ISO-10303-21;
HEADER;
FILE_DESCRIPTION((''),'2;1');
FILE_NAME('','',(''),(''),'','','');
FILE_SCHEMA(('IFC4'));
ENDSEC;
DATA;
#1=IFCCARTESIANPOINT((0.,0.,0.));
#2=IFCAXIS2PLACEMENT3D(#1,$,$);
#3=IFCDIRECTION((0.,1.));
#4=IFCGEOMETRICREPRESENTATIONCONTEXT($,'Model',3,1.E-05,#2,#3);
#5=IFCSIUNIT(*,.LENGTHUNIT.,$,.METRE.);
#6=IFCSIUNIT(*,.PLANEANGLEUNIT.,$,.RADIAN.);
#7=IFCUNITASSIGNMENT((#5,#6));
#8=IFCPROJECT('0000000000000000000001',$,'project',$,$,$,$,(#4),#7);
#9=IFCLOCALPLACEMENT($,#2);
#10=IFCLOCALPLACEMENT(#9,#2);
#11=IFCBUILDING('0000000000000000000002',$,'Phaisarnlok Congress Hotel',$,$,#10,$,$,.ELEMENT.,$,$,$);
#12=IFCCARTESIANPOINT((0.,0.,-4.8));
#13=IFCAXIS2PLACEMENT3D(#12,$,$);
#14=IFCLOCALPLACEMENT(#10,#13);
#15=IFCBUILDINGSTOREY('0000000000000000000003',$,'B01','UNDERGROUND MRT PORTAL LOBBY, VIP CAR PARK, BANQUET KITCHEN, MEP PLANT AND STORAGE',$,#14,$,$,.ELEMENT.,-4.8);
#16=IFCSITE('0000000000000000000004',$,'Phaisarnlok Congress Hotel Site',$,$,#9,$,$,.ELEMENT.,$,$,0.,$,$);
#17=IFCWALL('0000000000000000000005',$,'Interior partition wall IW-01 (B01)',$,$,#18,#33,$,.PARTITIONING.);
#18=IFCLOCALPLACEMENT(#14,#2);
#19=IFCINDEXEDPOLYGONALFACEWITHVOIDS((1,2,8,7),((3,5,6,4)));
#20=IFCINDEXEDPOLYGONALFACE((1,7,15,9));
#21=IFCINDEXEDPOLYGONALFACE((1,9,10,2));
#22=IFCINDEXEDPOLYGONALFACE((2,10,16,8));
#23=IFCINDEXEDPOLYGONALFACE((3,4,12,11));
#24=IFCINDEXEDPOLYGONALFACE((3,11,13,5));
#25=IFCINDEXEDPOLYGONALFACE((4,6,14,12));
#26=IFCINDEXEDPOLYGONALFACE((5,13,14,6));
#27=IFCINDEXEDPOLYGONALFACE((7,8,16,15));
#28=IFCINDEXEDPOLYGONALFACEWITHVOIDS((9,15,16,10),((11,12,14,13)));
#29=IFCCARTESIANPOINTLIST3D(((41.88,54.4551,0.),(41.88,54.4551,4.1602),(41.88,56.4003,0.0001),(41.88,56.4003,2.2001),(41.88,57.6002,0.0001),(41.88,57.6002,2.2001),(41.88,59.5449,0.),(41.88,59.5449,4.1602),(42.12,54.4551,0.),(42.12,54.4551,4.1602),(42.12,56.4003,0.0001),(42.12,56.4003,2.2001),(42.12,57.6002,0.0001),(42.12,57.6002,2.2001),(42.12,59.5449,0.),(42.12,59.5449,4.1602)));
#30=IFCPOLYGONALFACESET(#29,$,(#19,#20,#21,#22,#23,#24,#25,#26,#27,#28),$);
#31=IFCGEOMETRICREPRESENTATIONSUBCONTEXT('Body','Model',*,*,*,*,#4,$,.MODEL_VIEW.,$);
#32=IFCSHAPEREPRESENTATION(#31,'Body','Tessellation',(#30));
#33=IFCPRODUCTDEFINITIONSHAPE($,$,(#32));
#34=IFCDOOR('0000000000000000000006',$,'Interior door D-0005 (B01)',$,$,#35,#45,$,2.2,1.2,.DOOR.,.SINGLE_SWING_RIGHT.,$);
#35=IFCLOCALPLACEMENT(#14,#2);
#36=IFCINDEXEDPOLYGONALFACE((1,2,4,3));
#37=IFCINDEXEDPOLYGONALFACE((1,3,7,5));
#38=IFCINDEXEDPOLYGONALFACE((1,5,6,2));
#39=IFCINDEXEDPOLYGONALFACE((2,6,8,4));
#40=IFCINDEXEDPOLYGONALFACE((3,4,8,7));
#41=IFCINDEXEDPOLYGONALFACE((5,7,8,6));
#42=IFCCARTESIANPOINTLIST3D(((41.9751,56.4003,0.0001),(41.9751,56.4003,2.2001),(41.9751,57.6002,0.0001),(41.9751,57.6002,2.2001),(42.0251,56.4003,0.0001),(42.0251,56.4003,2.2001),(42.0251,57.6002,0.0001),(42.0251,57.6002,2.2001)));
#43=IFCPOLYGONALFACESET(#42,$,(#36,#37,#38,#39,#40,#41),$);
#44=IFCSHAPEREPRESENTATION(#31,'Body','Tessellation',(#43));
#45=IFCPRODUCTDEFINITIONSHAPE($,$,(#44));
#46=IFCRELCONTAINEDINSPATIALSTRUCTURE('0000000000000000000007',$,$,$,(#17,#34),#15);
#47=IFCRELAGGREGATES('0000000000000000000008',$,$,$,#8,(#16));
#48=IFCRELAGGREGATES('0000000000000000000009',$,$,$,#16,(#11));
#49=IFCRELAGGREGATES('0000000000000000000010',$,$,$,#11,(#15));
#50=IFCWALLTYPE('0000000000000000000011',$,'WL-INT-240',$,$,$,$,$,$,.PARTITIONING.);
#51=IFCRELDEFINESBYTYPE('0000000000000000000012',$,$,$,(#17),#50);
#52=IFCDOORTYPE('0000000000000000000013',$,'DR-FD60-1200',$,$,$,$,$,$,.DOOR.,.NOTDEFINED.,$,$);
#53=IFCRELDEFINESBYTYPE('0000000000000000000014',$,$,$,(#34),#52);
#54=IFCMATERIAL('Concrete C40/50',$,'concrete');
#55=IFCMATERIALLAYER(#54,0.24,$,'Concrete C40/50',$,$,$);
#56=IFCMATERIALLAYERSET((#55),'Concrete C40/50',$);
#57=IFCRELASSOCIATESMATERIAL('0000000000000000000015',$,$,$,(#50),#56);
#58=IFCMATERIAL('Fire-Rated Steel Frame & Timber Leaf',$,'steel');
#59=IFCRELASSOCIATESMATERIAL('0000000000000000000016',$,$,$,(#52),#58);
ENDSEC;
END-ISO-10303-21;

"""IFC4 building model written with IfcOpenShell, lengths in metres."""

from ifc_helpers import new_model, si_unit, direction, frame, frame_2d, origin, place, context, subcontext, project, spatial, rectangle, extrude, material, layer, layer_set, type_object, element, fill, save


model = new_model("IFC4")

# Units and contexts
model_context = context("Model", 3, precision=1e-05, world=origin(), true_north=direction((0.0, 1.0)))
body_context = subcontext(model_context, "Body", "Model", "MODEL_VIEW")
ifc_project = project(units=[si_unit("LENGTHUNIT", "METRE"), si_unit("PLANEANGLEUNIT", "RADIAN")], contexts=[model_context])

# Site, building, storey
site_placement = place(None, origin())
site = spatial("IfcSite", under=ifc_project, at=site_placement, Name="Phaisarnlok Congress Hotel Site", CompositionType="ELEMENT", RefElevation=0.0)
building_placement = place(site_placement, origin())
building = spatial("IfcBuilding", under=site, at=building_placement, Name="Phaisarnlok Congress Hotel", CompositionType="ELEMENT")
storey_placement = place(building_placement, frame((0.0, 0.0, -4.8)))
storey = spatial("IfcBuildingStorey", under=building, at=storey_placement, Name="B01", Description="UNDERGROUND MRT PORTAL LOBBY, VIP CAR PARK, BANQUET KITCHEN, MEP PLANT AND STORAGE", CompositionType="ELEMENT", Elevation=-4.8)

# Shared definitions
ifc_material_1 = material(Name="Concrete C40/50", Category="concrete")

# Wall, opening, door
ifc_layer = layer(ifc_material_1, 0.24, Name="Concrete C40/50")
ifc_layer_set = layer_set([ifc_layer], Name="Concrete C40/50")
wall_type = type_object("IfcWallType", Name="WL-INT-240", PredefinedType="PARTITIONING", material=ifc_layer_set)
wall_placement = place(storey_placement, frame((42.0, 54.4551, 0.0), z_axis=(0.0, 0.0, 1.0), x_axis=(0.0, 1.0, 0.0)))
wall = element("IfcWall", 1, at=wall_placement, inside=storey, type_object=wall_type, Name="Interior partition wall IW-01 (B01)", PredefinedType="PARTITIONING", context=body_context, shape_type="SweptSolid", body=[
    extrude(rectangle(XDim=5.0898, YDim=0.24, at=frame_2d((2.5449, 0.0))), origin(), (0.0, 0.0, 1.0), 4.1602),
])
opening_placement = place(wall_placement, frame((1.9451, 0.0, 0.0)))
opening = element("IfcOpeningElement", 2, at=opening_placement, cuts=wall, PredefinedType="OPENING", context=body_context, shape_type="SweptSolid", body=[
    extrude(rectangle(XDim=1.2, YDim=2.2, at=frame_2d((0.6001, 1.1001))), frame((0.0, 0.1299, 0.0), z_axis=(0.0, -1.0, 0.0), x_axis=(1.0, 0.0, 0.0)), (0.0, 0.0, 1.0), 0.26),
])
ifc_material_2 = material(Name="Fire-Rated Steel Frame & Timber Leaf", Category="steel")
door_type = type_object("IfcDoorType", Name="DR-FD60-1200", OperationType="NOTDEFINED", PredefinedType="DOOR", material=ifc_material_2)
door_placement = place(opening_placement, origin())
door = element("IfcDoor", 3, at=door_placement, inside=storey, type_object=door_type, Name="Interior door D-0005 (B01)", OperationType="SINGLE_SWING_RIGHT", OverallHeight=2.2, OverallWidth=1.2, PredefinedType="DOOR", context=body_context, shape_type="SweptSolid", body=[
    extrude(rectangle(XDim=1.2, YDim=2.2, at=frame_2d((0.6001, 1.1001))), frame((0.0, 0.0249, 0.0), z_axis=(0.0, -1.0, 0.0), x_axis=(1.0, 0.0, 0.0)), (0.0, 0.0, 1.0), 0.05),
])
fill(opening, door)

save(model, "model.ifc")
